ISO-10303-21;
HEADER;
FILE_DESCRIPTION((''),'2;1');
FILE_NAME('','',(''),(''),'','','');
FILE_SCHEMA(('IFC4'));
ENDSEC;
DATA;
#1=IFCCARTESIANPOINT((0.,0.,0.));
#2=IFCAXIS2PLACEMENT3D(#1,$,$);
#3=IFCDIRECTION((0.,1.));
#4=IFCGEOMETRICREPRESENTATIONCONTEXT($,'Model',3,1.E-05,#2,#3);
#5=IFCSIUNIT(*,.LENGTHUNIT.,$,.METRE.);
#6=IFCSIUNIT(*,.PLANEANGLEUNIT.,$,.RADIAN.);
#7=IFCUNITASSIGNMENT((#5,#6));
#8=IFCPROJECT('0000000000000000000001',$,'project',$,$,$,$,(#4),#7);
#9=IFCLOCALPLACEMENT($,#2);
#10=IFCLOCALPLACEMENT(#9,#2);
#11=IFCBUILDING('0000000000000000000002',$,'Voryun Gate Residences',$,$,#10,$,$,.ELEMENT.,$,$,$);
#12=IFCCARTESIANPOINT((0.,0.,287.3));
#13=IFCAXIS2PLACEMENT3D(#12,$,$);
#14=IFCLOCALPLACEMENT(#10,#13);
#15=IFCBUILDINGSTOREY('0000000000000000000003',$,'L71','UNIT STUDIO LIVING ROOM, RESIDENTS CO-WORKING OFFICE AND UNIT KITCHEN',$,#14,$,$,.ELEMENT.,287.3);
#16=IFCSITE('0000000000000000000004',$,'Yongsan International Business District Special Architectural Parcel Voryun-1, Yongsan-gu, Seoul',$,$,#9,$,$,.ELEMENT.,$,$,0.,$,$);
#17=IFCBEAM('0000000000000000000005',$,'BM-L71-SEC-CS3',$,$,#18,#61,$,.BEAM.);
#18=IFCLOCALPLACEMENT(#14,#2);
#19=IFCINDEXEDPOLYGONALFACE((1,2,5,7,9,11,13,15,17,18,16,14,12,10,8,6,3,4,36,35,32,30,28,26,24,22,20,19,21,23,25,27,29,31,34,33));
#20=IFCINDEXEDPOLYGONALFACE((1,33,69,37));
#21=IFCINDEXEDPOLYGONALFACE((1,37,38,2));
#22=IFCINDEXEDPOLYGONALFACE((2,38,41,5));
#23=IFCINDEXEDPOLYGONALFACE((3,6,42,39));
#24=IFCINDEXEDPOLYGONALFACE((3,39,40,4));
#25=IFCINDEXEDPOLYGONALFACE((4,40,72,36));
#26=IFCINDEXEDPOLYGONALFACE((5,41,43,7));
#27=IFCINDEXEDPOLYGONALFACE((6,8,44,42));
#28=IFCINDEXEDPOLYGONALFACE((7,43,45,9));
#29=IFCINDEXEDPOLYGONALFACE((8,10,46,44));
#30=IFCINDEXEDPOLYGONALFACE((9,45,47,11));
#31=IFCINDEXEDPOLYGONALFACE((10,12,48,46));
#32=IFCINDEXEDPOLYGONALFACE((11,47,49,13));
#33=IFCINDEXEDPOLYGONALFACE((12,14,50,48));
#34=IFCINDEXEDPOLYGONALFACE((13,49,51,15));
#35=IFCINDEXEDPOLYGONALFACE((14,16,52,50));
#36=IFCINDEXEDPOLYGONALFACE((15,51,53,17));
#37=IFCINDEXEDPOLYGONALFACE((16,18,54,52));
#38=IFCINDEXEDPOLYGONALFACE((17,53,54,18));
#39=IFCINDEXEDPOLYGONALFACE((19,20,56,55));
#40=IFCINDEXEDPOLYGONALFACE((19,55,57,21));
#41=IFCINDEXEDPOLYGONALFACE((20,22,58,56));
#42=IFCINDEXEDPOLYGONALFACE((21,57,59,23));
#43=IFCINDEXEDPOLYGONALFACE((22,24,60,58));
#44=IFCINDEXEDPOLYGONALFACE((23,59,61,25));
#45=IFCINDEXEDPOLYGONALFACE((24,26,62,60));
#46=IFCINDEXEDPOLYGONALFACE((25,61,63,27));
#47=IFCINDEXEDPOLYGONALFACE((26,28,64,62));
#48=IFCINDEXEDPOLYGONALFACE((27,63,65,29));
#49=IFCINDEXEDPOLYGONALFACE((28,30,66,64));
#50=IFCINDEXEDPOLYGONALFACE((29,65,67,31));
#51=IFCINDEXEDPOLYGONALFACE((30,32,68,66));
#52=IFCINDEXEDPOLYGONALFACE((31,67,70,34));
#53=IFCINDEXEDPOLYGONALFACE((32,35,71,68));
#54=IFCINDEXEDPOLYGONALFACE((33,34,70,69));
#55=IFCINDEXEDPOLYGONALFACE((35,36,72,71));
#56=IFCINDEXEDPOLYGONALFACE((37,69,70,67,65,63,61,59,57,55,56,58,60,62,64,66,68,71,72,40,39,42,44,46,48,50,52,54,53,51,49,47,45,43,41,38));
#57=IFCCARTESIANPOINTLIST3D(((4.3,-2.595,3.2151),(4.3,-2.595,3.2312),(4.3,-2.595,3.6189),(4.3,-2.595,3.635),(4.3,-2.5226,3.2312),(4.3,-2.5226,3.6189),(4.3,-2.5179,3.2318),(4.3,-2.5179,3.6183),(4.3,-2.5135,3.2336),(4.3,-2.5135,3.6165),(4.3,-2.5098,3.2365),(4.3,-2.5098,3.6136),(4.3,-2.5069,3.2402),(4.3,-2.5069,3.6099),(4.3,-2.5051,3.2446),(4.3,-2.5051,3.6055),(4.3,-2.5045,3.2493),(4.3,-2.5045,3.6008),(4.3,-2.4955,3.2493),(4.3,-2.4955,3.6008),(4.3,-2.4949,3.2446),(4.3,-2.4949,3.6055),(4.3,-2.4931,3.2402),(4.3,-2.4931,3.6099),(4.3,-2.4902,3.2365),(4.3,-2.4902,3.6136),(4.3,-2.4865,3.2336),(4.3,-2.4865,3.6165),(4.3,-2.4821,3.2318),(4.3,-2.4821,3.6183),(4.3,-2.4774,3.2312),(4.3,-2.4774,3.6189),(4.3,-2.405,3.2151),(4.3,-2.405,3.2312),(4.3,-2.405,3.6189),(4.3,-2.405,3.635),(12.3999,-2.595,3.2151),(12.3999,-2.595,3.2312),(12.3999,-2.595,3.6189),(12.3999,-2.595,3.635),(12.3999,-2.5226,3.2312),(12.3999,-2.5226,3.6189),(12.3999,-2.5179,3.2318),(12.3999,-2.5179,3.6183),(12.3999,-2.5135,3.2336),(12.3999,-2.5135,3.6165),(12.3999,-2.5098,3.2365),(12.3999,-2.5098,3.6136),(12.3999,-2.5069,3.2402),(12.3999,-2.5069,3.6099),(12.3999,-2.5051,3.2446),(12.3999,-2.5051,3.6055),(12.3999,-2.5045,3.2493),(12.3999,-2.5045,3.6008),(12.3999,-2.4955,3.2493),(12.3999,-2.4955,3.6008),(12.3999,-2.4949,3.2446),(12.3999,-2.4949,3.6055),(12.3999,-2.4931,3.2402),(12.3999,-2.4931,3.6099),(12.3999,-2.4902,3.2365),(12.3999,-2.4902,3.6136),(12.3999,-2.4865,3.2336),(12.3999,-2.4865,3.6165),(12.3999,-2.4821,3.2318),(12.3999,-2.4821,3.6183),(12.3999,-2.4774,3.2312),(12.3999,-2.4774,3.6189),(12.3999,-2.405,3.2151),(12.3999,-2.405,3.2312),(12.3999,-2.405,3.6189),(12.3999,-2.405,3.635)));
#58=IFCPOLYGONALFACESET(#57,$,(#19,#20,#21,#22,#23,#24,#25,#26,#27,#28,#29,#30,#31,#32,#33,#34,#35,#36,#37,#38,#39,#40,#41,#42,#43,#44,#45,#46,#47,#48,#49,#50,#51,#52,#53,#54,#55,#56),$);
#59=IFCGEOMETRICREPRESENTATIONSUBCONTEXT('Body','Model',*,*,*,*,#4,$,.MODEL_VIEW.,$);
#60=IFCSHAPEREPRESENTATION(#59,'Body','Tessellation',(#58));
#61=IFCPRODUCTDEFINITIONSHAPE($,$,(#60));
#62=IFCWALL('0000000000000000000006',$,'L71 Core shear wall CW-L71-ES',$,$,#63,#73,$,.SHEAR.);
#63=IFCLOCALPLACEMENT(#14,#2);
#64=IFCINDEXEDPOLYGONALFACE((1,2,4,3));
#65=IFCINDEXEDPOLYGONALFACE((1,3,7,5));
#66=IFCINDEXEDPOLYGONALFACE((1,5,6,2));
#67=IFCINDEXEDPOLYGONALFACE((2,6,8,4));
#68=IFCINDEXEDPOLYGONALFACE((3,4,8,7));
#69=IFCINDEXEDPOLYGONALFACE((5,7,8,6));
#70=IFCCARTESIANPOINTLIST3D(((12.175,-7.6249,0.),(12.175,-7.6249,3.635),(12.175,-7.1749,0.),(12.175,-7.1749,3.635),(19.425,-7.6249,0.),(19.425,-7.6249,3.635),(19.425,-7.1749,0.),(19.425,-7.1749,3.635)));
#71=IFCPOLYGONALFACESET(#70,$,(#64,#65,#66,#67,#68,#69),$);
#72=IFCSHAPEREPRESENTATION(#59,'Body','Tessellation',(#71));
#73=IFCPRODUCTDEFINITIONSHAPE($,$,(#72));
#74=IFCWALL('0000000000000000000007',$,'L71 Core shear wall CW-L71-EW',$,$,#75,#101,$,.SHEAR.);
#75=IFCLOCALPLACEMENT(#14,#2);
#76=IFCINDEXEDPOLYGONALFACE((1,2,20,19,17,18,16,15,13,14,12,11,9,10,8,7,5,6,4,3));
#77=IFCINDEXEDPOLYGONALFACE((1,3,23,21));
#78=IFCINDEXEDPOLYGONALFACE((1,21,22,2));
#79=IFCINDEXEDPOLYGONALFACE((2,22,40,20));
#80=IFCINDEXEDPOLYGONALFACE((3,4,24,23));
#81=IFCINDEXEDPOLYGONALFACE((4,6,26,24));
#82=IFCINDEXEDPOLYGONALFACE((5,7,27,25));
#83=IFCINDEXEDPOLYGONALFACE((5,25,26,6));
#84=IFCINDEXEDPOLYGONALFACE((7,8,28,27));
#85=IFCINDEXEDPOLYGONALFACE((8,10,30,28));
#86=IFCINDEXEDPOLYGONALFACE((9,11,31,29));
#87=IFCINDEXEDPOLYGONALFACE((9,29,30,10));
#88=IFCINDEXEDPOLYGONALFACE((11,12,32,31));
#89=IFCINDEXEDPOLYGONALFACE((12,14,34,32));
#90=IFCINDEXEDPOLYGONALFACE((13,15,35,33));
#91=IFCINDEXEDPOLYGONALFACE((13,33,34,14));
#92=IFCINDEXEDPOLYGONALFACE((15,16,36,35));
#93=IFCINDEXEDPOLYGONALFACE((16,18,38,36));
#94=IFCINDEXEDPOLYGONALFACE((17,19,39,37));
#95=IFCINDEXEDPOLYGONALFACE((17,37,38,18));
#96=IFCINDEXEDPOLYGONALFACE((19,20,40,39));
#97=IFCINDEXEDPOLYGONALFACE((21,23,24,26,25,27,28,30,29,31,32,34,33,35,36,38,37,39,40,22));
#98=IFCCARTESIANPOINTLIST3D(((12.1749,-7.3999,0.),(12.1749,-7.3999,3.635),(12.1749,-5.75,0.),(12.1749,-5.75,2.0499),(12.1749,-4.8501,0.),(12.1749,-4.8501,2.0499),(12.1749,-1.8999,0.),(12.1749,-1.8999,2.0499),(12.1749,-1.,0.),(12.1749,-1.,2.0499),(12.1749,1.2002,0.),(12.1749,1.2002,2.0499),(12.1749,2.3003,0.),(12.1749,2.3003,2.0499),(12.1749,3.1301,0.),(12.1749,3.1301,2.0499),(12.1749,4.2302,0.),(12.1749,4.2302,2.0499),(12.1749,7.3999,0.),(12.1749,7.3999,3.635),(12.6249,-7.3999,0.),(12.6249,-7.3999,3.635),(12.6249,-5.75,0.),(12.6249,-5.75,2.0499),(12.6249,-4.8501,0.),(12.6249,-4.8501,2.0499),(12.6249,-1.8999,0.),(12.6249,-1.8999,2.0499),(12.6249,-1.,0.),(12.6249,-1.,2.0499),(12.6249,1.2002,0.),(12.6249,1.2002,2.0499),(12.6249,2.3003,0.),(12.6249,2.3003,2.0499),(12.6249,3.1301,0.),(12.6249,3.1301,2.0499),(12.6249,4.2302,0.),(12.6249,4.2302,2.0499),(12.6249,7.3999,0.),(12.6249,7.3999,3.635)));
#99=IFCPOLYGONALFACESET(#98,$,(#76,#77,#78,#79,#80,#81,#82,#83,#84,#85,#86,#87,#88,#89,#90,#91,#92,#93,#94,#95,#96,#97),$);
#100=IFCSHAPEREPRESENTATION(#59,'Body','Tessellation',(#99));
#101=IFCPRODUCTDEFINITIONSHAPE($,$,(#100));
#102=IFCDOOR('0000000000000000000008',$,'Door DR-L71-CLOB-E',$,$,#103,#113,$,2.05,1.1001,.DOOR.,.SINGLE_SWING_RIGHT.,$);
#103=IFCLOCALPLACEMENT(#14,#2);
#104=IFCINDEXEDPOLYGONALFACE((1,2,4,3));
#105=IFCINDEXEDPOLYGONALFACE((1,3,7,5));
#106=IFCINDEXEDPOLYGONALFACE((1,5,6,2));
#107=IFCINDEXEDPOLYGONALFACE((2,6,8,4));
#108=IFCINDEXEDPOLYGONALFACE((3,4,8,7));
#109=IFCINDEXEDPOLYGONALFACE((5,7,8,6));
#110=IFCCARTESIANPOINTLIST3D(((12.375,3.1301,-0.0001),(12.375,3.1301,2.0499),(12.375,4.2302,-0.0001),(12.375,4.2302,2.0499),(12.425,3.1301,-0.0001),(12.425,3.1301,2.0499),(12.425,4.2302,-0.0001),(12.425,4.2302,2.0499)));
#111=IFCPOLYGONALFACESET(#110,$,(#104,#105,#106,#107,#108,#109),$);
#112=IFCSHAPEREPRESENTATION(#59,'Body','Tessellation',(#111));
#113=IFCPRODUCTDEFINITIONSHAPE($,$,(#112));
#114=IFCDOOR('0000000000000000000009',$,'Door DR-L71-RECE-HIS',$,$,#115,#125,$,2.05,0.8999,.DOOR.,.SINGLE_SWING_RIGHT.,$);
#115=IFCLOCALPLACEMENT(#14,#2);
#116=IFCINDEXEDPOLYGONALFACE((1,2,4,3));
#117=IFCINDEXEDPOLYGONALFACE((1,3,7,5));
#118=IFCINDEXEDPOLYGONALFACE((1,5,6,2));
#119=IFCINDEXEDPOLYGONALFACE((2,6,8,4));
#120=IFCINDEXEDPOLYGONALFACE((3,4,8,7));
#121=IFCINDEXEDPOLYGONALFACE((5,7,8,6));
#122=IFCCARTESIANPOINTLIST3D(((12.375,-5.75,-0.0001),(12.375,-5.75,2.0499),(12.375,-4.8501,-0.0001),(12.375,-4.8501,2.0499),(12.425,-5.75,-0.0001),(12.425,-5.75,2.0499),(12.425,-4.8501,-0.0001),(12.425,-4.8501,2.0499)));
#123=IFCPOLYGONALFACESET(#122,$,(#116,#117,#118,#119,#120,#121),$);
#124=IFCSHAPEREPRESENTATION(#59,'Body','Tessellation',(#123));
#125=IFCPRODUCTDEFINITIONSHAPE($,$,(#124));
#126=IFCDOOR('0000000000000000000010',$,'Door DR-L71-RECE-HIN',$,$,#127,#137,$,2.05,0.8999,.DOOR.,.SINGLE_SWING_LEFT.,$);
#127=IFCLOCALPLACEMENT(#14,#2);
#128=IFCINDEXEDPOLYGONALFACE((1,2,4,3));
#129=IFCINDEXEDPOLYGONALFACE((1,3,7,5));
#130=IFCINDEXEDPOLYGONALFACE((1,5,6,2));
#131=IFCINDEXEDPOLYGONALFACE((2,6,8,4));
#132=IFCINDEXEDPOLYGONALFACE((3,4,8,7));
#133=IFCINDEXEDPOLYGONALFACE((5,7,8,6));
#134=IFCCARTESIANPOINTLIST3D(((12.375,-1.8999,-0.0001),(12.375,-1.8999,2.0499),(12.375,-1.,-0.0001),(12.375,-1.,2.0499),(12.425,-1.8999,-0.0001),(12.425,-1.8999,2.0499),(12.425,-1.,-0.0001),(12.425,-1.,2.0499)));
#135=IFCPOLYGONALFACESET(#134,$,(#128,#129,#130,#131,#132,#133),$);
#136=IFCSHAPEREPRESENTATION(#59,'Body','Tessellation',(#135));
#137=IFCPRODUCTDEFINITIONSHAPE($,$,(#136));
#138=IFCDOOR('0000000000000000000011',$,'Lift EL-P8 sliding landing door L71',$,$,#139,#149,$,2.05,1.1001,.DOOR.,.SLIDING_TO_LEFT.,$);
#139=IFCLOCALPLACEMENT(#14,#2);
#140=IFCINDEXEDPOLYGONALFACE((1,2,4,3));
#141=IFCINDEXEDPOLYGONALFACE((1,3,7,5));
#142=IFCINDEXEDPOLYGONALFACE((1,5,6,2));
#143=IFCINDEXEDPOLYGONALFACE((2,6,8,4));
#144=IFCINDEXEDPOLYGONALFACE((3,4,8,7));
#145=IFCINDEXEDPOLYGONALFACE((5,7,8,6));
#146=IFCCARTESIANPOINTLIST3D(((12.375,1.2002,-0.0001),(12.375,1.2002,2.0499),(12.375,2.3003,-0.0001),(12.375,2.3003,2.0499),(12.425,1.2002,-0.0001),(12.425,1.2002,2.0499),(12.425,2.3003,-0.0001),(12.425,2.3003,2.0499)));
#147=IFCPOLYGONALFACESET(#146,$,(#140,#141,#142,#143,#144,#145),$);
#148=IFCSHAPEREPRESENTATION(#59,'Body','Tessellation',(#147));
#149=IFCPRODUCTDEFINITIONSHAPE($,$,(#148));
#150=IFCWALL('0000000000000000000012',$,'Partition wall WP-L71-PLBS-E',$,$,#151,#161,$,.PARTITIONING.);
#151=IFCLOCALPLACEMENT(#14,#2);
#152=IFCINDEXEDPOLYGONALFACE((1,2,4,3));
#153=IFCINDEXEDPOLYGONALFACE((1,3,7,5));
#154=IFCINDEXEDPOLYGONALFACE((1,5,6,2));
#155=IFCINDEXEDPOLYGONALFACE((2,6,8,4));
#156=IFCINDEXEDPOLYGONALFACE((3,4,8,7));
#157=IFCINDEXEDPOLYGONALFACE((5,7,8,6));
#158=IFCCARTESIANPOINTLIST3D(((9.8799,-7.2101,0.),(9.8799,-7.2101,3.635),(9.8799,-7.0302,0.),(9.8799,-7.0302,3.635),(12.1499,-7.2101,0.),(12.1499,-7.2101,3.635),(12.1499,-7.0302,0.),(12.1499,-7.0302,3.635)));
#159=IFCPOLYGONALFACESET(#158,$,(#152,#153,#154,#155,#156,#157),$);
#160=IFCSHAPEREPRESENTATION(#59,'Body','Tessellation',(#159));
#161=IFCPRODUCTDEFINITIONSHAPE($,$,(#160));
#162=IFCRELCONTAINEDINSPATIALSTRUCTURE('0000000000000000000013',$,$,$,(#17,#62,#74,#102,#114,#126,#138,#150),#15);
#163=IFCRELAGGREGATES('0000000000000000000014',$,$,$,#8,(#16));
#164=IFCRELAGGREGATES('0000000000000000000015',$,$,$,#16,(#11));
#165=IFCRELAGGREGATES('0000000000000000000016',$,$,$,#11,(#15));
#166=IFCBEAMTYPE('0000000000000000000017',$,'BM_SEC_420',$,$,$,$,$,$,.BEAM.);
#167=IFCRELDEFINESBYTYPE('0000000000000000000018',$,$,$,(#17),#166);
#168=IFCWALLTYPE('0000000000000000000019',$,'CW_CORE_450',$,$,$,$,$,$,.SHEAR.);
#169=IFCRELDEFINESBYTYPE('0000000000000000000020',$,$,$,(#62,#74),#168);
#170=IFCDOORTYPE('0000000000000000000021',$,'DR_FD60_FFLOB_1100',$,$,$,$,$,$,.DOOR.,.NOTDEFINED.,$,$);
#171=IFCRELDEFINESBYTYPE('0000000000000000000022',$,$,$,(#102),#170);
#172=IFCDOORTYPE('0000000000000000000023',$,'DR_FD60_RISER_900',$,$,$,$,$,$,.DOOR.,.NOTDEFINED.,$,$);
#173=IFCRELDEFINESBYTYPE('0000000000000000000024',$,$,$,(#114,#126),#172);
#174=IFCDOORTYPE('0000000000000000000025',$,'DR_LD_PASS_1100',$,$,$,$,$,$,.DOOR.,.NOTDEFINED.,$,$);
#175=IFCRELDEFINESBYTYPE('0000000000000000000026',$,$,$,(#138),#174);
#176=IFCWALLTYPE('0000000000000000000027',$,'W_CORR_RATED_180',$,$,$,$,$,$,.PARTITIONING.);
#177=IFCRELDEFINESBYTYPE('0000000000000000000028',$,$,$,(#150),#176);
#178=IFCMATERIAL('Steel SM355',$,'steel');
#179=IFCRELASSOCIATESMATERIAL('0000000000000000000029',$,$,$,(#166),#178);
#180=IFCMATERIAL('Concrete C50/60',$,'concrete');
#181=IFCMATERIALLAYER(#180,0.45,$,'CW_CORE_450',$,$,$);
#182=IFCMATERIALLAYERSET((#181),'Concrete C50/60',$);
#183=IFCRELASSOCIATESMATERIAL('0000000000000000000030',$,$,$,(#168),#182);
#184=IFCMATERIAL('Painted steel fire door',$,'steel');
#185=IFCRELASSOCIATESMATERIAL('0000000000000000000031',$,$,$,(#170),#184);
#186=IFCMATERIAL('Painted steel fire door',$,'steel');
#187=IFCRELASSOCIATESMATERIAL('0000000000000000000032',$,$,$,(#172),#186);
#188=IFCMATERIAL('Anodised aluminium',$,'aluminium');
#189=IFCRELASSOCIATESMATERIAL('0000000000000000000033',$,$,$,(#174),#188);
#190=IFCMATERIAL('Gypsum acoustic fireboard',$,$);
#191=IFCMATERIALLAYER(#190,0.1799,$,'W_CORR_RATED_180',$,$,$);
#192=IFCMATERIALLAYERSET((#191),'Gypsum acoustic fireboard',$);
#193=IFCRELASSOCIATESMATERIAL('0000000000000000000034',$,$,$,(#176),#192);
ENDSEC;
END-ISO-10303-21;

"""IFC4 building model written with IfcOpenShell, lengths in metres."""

from ifc_helpers import new_model, si_unit, direction, frame, frame_2d, origin, origin_2d, place, context, subcontext, project, spatial, rectangle, i_section, extrude, material, layer, layer_set, material_profile, profile_set, type_object, element, fill, save


model = new_model("IFC4")

# Units and contexts
model_context = context("Model", 3, precision=1e-05, world=origin(), true_north=direction((0.0, 1.0)))
body_context = subcontext(model_context, "Body", "Model", "MODEL_VIEW")
ifc_project = project(units=[si_unit("LENGTHUNIT", "METRE"), si_unit("PLANEANGLEUNIT", "RADIAN")], contexts=[model_context])

# Site, building, storey
site_placement = place(None, origin())
site = spatial("IfcSite", under=ifc_project, at=site_placement, Name="Yongsan International Business District Special Architectural Parcel Voryun-1, Yongsan-gu, Seoul", CompositionType="ELEMENT", RefElevation=0.0)
building_placement = place(site_placement, origin())
building = spatial("IfcBuilding", under=site, at=building_placement, Name="Voryun Gate Residences", CompositionType="ELEMENT")
storey_placement = place(building_placement, frame((0.0, 0.0, 287.3)))
storey = spatial("IfcBuildingStorey", under=building, at=storey_placement, Name="L71", Description="UNIT STUDIO LIVING ROOM, RESIDENTS CO-WORKING OFFICE AND UNIT KITCHEN", CompositionType="ELEMENT", Elevation=287.3)

# Beam
ifc_material_1 = material(Name="Steel SM355", Category="steel")
ifc_material_profile_1 = material_profile(ifc_material_1, i_section(OverallWidth=0.1899, OverallDepth=0.4199, WebThickness=0.009, FlangeThickness=0.0161, FilletRadius=0.0181, at=origin_2d()), Name="H-420x190x9x16")
ifc_profile_set_1 = profile_set([ifc_material_profile_1], Name="Steel SM355")
beam_type_1 = type_object("IfcBeamType", Name="BM_SEC_420", PredefinedType="BEAM", material=ifc_profile_set_1)
beam_1_placement = place(storey_placement, frame((4.3, -2.5, 3.425), z_axis=(1.0, 0.0, 0.0), x_axis=(0.0, 1.0, 0.0)))
element("IfcBeam", 1, at=beam_1_placement, inside=storey, type_object=beam_type_1, Name="BM-L71-SEC-CS3", PredefinedType="BEAM", context=body_context, shape_type="SweptSolid", body=[
    extrude(i_section(OverallWidth=0.1899, OverallDepth=0.4199, WebThickness=0.009, FlangeThickness=0.0161, FilletRadius=0.0181, at=origin_2d()), origin(), (0.0, 0.0, 1.0), 8.0999),
])

# Wall
ifc_material_2 = material(Name="Concrete C50/60", Category="concrete")
ifc_layer_1 = layer(ifc_material_2, 0.45, Name="CW_CORE_450")
ifc_layer_set_1 = layer_set([ifc_layer_1], Name="Concrete C50/60")
wall_type_1 = type_object("IfcWallType", Name="CW_CORE_450", PredefinedType="SHEAR", material=ifc_layer_set_1)
wall_1_placement = place(storey_placement, frame((12.175, -7.3999, 0.0), z_axis=(0.0, 0.0, 1.0), x_axis=(1.0, 0.0, 0.0)))
element("IfcWall", 2, at=wall_1_placement, inside=storey, type_object=wall_type_1, Name="L71 Core shear wall CW-L71-ES", PredefinedType="SHEAR", context=body_context, shape_type="SweptSolid", body=[
    extrude(rectangle(XDim=7.25, YDim=0.45, at=frame_2d((3.625, 0.0))), origin(), (0.0, 0.0, 1.0), 3.635),
])

# Wall, openings, doors
wall_2_placement = place(storey_placement, frame((12.3999, -7.3999, 0.0), z_axis=(0.0, 0.0, 1.0), x_axis=(0.0, 1.0, 0.0)))
wall_2 = element("IfcWall", 3, at=wall_2_placement, inside=storey, type_object=wall_type_1, Name="L71 Core shear wall CW-L71-EW", PredefinedType="SHEAR", context=body_context, shape_type="SweptSolid", body=[
    extrude(rectangle(XDim=14.7998, YDim=0.45, at=frame_2d((7.3999, 0.0))), origin(), (0.0, 0.0, 1.0), 3.635),
])
opening_1_placement = place(wall_2_placement, frame((8.6001, 0.0, 0.0)))
opening_1 = element("IfcOpeningElement", 4, at=opening_1_placement, cuts=wall_2, PredefinedType="OPENING", context=body_context, shape_type="SweptSolid", body=[
    extrude(rectangle(XDim=1.1001, YDim=2.05, at=frame_2d((0.55, 1.0249))), frame((0.0, 0.2351, 0.0), z_axis=(0.0, -1.0, 0.0), x_axis=(1.0, 0.0, 0.0)), (0.0, 0.0, 1.0), 0.47),
])
opening_2_placement = place(wall_2_placement, frame((10.53, 0.0, 0.0)))
opening_2 = element("IfcOpeningElement", 5, at=opening_2_placement, cuts=wall_2, PredefinedType="OPENING", context=body_context, shape_type="SweptSolid", body=[
    extrude(rectangle(XDim=1.1001, YDim=2.05, at=frame_2d((0.55, 1.0249))), frame((0.0, 0.2351, 0.0), z_axis=(0.0, -1.0, 0.0), x_axis=(1.0, 0.0, 0.0)), (0.0, 0.0, 1.0), 0.47),
])
opening_3_placement = place(wall_2_placement, frame((1.6499, 0.0, 0.0)))
opening_3 = element("IfcOpeningElement", 6, at=opening_3_placement, cuts=wall_2, PredefinedType="OPENING", context=body_context, shape_type="SweptSolid", body=[
    extrude(rectangle(XDim=0.8999, YDim=2.05, at=frame_2d((0.45, 1.0249))), frame((0.0, 0.2351, 0.0), z_axis=(0.0, -1.0, 0.0), x_axis=(1.0, 0.0, 0.0)), (0.0, 0.0, 1.0), 0.47),
])
opening_4_placement = place(wall_2_placement, frame((5.5, 0.0, 0.0)))
opening_4 = element("IfcOpeningElement", 7, at=opening_4_placement, cuts=wall_2, PredefinedType="OPENING", context=body_context, shape_type="SweptSolid", body=[
    extrude(rectangle(XDim=0.8999, YDim=2.05, at=frame_2d((0.45, 1.0249))), frame((0.0, 0.2351, 0.0), z_axis=(0.0, -1.0, 0.0), x_axis=(1.0, 0.0, 0.0)), (0.0, 0.0, 1.0), 0.47),
])
ifc_material_3 = material(Name="Painted steel fire door", Category="steel")
door_type_1 = type_object("IfcDoorType", Name="DR_FD60_FFLOB_1100", OperationType="NOTDEFINED", PredefinedType="DOOR", material=ifc_material_3)
door_1_placement = place(opening_2_placement, origin())
door_1 = element("IfcDoor", 8, at=door_1_placement, inside=storey, type_object=door_type_1, Name="Door DR-L71-CLOB-E", OperationType="SINGLE_SWING_RIGHT", OverallHeight=2.05, OverallWidth=1.1001, PredefinedType="DOOR", context=body_context, shape_type="SweptSolid", body=[
    extrude(rectangle(XDim=1.1001, YDim=2.05, at=frame_2d((0.55, 1.0249))), frame((0.0, 0.0249, 0.0), z_axis=(0.0, -1.0, 0.0), x_axis=(1.0, 0.0, 0.0)), (0.0, 0.0, 1.0), 0.05),
])
fill(opening_2, door_1)
ifc_material_4 = material(Name="Painted steel fire door", Category="steel")
door_type_2 = type_object("IfcDoorType", Name="DR_FD60_RISER_900", OperationType="NOTDEFINED", PredefinedType="DOOR", material=ifc_material_4)
door_2_placement = place(opening_3_placement, origin())
door_2 = element("IfcDoor", 9, at=door_2_placement, inside=storey, type_object=door_type_2, Name="Door DR-L71-RECE-HIS", OperationType="SINGLE_SWING_RIGHT", OverallHeight=2.05, OverallWidth=0.8999, PredefinedType="DOOR", context=body_context, shape_type="SweptSolid", body=[
    extrude(rectangle(XDim=0.8999, YDim=2.05, at=frame_2d((0.45, 1.0249))), frame((0.0, 0.0249, 0.0), z_axis=(0.0, -1.0, 0.0), x_axis=(1.0, 0.0, 0.0)), (0.0, 0.0, 1.0), 0.05),
])
fill(opening_3, door_2)
door_3_placement = place(opening_4_placement, origin())
door_3 = element("IfcDoor", 10, at=door_3_placement, inside=storey, type_object=door_type_2, Name="Door DR-L71-RECE-HIN", OperationType="SINGLE_SWING_LEFT", OverallHeight=2.05, OverallWidth=0.8999, PredefinedType="DOOR", context=body_context, shape_type="SweptSolid", body=[
    extrude(rectangle(XDim=0.8999, YDim=2.05, at=frame_2d((0.45, 1.0249))), frame((0.0, 0.0249, 0.0), z_axis=(0.0, -1.0, 0.0), x_axis=(1.0, 0.0, 0.0)), (0.0, 0.0, 1.0), 0.05),
])
fill(opening_4, door_3)
ifc_material_5 = material(Name="Anodised aluminium", Category="aluminium")
door_type_3 = type_object("IfcDoorType", Name="DR_LD_PASS_1100", OperationType="NOTDEFINED", PredefinedType="DOOR", material=ifc_material_5)
door_4_placement = place(opening_1_placement, origin())
door_4 = element("IfcDoor", 11, at=door_4_placement, inside=storey, type_object=door_type_3, Name="Lift EL-P8 sliding landing door L71", OperationType="SLIDING_TO_LEFT", OverallHeight=2.05, OverallWidth=1.1001, PredefinedType="DOOR", context=body_context, shape_type="SweptSolid", body=[
    extrude(rectangle(XDim=1.1001, YDim=2.05, at=frame_2d((0.55, 1.0249))), frame((0.0, 0.0249, 0.0), z_axis=(0.0, -1.0, 0.0), x_axis=(1.0, 0.0, 0.0)), (0.0, 0.0, 1.0), 0.05),
])
fill(opening_1, door_4)

# Wall
ifc_material_6 = material(Name="Gypsum acoustic fireboard")
ifc_layer_2 = layer(ifc_material_6, 0.1799, Name="W_CORR_RATED_180")
ifc_layer_set_2 = layer_set([ifc_layer_2], Name="Gypsum acoustic fireboard")
wall_type_2 = type_object("IfcWallType", Name="W_CORR_RATED_180", PredefinedType="PARTITIONING", material=ifc_layer_set_2)
wall_3_placement = place(storey_placement, frame((9.8799, -7.1201, 0.0), z_axis=(0.0, 0.0, 1.0), x_axis=(1.0, 0.0, 0.0)))
element("IfcWall", 12, at=wall_3_placement, inside=storey, type_object=wall_type_2, Name="Partition wall WP-L71-PLBS-E", PredefinedType="PARTITIONING", context=body_context, shape_type="SweptSolid", body=[
    extrude(rectangle(XDim=2.27, YDim=0.1799, at=frame_2d((1.135, 0.0))), origin(), (0.0, 0.0, 1.0), 3.635),
])

save(model, "model.ifc")
